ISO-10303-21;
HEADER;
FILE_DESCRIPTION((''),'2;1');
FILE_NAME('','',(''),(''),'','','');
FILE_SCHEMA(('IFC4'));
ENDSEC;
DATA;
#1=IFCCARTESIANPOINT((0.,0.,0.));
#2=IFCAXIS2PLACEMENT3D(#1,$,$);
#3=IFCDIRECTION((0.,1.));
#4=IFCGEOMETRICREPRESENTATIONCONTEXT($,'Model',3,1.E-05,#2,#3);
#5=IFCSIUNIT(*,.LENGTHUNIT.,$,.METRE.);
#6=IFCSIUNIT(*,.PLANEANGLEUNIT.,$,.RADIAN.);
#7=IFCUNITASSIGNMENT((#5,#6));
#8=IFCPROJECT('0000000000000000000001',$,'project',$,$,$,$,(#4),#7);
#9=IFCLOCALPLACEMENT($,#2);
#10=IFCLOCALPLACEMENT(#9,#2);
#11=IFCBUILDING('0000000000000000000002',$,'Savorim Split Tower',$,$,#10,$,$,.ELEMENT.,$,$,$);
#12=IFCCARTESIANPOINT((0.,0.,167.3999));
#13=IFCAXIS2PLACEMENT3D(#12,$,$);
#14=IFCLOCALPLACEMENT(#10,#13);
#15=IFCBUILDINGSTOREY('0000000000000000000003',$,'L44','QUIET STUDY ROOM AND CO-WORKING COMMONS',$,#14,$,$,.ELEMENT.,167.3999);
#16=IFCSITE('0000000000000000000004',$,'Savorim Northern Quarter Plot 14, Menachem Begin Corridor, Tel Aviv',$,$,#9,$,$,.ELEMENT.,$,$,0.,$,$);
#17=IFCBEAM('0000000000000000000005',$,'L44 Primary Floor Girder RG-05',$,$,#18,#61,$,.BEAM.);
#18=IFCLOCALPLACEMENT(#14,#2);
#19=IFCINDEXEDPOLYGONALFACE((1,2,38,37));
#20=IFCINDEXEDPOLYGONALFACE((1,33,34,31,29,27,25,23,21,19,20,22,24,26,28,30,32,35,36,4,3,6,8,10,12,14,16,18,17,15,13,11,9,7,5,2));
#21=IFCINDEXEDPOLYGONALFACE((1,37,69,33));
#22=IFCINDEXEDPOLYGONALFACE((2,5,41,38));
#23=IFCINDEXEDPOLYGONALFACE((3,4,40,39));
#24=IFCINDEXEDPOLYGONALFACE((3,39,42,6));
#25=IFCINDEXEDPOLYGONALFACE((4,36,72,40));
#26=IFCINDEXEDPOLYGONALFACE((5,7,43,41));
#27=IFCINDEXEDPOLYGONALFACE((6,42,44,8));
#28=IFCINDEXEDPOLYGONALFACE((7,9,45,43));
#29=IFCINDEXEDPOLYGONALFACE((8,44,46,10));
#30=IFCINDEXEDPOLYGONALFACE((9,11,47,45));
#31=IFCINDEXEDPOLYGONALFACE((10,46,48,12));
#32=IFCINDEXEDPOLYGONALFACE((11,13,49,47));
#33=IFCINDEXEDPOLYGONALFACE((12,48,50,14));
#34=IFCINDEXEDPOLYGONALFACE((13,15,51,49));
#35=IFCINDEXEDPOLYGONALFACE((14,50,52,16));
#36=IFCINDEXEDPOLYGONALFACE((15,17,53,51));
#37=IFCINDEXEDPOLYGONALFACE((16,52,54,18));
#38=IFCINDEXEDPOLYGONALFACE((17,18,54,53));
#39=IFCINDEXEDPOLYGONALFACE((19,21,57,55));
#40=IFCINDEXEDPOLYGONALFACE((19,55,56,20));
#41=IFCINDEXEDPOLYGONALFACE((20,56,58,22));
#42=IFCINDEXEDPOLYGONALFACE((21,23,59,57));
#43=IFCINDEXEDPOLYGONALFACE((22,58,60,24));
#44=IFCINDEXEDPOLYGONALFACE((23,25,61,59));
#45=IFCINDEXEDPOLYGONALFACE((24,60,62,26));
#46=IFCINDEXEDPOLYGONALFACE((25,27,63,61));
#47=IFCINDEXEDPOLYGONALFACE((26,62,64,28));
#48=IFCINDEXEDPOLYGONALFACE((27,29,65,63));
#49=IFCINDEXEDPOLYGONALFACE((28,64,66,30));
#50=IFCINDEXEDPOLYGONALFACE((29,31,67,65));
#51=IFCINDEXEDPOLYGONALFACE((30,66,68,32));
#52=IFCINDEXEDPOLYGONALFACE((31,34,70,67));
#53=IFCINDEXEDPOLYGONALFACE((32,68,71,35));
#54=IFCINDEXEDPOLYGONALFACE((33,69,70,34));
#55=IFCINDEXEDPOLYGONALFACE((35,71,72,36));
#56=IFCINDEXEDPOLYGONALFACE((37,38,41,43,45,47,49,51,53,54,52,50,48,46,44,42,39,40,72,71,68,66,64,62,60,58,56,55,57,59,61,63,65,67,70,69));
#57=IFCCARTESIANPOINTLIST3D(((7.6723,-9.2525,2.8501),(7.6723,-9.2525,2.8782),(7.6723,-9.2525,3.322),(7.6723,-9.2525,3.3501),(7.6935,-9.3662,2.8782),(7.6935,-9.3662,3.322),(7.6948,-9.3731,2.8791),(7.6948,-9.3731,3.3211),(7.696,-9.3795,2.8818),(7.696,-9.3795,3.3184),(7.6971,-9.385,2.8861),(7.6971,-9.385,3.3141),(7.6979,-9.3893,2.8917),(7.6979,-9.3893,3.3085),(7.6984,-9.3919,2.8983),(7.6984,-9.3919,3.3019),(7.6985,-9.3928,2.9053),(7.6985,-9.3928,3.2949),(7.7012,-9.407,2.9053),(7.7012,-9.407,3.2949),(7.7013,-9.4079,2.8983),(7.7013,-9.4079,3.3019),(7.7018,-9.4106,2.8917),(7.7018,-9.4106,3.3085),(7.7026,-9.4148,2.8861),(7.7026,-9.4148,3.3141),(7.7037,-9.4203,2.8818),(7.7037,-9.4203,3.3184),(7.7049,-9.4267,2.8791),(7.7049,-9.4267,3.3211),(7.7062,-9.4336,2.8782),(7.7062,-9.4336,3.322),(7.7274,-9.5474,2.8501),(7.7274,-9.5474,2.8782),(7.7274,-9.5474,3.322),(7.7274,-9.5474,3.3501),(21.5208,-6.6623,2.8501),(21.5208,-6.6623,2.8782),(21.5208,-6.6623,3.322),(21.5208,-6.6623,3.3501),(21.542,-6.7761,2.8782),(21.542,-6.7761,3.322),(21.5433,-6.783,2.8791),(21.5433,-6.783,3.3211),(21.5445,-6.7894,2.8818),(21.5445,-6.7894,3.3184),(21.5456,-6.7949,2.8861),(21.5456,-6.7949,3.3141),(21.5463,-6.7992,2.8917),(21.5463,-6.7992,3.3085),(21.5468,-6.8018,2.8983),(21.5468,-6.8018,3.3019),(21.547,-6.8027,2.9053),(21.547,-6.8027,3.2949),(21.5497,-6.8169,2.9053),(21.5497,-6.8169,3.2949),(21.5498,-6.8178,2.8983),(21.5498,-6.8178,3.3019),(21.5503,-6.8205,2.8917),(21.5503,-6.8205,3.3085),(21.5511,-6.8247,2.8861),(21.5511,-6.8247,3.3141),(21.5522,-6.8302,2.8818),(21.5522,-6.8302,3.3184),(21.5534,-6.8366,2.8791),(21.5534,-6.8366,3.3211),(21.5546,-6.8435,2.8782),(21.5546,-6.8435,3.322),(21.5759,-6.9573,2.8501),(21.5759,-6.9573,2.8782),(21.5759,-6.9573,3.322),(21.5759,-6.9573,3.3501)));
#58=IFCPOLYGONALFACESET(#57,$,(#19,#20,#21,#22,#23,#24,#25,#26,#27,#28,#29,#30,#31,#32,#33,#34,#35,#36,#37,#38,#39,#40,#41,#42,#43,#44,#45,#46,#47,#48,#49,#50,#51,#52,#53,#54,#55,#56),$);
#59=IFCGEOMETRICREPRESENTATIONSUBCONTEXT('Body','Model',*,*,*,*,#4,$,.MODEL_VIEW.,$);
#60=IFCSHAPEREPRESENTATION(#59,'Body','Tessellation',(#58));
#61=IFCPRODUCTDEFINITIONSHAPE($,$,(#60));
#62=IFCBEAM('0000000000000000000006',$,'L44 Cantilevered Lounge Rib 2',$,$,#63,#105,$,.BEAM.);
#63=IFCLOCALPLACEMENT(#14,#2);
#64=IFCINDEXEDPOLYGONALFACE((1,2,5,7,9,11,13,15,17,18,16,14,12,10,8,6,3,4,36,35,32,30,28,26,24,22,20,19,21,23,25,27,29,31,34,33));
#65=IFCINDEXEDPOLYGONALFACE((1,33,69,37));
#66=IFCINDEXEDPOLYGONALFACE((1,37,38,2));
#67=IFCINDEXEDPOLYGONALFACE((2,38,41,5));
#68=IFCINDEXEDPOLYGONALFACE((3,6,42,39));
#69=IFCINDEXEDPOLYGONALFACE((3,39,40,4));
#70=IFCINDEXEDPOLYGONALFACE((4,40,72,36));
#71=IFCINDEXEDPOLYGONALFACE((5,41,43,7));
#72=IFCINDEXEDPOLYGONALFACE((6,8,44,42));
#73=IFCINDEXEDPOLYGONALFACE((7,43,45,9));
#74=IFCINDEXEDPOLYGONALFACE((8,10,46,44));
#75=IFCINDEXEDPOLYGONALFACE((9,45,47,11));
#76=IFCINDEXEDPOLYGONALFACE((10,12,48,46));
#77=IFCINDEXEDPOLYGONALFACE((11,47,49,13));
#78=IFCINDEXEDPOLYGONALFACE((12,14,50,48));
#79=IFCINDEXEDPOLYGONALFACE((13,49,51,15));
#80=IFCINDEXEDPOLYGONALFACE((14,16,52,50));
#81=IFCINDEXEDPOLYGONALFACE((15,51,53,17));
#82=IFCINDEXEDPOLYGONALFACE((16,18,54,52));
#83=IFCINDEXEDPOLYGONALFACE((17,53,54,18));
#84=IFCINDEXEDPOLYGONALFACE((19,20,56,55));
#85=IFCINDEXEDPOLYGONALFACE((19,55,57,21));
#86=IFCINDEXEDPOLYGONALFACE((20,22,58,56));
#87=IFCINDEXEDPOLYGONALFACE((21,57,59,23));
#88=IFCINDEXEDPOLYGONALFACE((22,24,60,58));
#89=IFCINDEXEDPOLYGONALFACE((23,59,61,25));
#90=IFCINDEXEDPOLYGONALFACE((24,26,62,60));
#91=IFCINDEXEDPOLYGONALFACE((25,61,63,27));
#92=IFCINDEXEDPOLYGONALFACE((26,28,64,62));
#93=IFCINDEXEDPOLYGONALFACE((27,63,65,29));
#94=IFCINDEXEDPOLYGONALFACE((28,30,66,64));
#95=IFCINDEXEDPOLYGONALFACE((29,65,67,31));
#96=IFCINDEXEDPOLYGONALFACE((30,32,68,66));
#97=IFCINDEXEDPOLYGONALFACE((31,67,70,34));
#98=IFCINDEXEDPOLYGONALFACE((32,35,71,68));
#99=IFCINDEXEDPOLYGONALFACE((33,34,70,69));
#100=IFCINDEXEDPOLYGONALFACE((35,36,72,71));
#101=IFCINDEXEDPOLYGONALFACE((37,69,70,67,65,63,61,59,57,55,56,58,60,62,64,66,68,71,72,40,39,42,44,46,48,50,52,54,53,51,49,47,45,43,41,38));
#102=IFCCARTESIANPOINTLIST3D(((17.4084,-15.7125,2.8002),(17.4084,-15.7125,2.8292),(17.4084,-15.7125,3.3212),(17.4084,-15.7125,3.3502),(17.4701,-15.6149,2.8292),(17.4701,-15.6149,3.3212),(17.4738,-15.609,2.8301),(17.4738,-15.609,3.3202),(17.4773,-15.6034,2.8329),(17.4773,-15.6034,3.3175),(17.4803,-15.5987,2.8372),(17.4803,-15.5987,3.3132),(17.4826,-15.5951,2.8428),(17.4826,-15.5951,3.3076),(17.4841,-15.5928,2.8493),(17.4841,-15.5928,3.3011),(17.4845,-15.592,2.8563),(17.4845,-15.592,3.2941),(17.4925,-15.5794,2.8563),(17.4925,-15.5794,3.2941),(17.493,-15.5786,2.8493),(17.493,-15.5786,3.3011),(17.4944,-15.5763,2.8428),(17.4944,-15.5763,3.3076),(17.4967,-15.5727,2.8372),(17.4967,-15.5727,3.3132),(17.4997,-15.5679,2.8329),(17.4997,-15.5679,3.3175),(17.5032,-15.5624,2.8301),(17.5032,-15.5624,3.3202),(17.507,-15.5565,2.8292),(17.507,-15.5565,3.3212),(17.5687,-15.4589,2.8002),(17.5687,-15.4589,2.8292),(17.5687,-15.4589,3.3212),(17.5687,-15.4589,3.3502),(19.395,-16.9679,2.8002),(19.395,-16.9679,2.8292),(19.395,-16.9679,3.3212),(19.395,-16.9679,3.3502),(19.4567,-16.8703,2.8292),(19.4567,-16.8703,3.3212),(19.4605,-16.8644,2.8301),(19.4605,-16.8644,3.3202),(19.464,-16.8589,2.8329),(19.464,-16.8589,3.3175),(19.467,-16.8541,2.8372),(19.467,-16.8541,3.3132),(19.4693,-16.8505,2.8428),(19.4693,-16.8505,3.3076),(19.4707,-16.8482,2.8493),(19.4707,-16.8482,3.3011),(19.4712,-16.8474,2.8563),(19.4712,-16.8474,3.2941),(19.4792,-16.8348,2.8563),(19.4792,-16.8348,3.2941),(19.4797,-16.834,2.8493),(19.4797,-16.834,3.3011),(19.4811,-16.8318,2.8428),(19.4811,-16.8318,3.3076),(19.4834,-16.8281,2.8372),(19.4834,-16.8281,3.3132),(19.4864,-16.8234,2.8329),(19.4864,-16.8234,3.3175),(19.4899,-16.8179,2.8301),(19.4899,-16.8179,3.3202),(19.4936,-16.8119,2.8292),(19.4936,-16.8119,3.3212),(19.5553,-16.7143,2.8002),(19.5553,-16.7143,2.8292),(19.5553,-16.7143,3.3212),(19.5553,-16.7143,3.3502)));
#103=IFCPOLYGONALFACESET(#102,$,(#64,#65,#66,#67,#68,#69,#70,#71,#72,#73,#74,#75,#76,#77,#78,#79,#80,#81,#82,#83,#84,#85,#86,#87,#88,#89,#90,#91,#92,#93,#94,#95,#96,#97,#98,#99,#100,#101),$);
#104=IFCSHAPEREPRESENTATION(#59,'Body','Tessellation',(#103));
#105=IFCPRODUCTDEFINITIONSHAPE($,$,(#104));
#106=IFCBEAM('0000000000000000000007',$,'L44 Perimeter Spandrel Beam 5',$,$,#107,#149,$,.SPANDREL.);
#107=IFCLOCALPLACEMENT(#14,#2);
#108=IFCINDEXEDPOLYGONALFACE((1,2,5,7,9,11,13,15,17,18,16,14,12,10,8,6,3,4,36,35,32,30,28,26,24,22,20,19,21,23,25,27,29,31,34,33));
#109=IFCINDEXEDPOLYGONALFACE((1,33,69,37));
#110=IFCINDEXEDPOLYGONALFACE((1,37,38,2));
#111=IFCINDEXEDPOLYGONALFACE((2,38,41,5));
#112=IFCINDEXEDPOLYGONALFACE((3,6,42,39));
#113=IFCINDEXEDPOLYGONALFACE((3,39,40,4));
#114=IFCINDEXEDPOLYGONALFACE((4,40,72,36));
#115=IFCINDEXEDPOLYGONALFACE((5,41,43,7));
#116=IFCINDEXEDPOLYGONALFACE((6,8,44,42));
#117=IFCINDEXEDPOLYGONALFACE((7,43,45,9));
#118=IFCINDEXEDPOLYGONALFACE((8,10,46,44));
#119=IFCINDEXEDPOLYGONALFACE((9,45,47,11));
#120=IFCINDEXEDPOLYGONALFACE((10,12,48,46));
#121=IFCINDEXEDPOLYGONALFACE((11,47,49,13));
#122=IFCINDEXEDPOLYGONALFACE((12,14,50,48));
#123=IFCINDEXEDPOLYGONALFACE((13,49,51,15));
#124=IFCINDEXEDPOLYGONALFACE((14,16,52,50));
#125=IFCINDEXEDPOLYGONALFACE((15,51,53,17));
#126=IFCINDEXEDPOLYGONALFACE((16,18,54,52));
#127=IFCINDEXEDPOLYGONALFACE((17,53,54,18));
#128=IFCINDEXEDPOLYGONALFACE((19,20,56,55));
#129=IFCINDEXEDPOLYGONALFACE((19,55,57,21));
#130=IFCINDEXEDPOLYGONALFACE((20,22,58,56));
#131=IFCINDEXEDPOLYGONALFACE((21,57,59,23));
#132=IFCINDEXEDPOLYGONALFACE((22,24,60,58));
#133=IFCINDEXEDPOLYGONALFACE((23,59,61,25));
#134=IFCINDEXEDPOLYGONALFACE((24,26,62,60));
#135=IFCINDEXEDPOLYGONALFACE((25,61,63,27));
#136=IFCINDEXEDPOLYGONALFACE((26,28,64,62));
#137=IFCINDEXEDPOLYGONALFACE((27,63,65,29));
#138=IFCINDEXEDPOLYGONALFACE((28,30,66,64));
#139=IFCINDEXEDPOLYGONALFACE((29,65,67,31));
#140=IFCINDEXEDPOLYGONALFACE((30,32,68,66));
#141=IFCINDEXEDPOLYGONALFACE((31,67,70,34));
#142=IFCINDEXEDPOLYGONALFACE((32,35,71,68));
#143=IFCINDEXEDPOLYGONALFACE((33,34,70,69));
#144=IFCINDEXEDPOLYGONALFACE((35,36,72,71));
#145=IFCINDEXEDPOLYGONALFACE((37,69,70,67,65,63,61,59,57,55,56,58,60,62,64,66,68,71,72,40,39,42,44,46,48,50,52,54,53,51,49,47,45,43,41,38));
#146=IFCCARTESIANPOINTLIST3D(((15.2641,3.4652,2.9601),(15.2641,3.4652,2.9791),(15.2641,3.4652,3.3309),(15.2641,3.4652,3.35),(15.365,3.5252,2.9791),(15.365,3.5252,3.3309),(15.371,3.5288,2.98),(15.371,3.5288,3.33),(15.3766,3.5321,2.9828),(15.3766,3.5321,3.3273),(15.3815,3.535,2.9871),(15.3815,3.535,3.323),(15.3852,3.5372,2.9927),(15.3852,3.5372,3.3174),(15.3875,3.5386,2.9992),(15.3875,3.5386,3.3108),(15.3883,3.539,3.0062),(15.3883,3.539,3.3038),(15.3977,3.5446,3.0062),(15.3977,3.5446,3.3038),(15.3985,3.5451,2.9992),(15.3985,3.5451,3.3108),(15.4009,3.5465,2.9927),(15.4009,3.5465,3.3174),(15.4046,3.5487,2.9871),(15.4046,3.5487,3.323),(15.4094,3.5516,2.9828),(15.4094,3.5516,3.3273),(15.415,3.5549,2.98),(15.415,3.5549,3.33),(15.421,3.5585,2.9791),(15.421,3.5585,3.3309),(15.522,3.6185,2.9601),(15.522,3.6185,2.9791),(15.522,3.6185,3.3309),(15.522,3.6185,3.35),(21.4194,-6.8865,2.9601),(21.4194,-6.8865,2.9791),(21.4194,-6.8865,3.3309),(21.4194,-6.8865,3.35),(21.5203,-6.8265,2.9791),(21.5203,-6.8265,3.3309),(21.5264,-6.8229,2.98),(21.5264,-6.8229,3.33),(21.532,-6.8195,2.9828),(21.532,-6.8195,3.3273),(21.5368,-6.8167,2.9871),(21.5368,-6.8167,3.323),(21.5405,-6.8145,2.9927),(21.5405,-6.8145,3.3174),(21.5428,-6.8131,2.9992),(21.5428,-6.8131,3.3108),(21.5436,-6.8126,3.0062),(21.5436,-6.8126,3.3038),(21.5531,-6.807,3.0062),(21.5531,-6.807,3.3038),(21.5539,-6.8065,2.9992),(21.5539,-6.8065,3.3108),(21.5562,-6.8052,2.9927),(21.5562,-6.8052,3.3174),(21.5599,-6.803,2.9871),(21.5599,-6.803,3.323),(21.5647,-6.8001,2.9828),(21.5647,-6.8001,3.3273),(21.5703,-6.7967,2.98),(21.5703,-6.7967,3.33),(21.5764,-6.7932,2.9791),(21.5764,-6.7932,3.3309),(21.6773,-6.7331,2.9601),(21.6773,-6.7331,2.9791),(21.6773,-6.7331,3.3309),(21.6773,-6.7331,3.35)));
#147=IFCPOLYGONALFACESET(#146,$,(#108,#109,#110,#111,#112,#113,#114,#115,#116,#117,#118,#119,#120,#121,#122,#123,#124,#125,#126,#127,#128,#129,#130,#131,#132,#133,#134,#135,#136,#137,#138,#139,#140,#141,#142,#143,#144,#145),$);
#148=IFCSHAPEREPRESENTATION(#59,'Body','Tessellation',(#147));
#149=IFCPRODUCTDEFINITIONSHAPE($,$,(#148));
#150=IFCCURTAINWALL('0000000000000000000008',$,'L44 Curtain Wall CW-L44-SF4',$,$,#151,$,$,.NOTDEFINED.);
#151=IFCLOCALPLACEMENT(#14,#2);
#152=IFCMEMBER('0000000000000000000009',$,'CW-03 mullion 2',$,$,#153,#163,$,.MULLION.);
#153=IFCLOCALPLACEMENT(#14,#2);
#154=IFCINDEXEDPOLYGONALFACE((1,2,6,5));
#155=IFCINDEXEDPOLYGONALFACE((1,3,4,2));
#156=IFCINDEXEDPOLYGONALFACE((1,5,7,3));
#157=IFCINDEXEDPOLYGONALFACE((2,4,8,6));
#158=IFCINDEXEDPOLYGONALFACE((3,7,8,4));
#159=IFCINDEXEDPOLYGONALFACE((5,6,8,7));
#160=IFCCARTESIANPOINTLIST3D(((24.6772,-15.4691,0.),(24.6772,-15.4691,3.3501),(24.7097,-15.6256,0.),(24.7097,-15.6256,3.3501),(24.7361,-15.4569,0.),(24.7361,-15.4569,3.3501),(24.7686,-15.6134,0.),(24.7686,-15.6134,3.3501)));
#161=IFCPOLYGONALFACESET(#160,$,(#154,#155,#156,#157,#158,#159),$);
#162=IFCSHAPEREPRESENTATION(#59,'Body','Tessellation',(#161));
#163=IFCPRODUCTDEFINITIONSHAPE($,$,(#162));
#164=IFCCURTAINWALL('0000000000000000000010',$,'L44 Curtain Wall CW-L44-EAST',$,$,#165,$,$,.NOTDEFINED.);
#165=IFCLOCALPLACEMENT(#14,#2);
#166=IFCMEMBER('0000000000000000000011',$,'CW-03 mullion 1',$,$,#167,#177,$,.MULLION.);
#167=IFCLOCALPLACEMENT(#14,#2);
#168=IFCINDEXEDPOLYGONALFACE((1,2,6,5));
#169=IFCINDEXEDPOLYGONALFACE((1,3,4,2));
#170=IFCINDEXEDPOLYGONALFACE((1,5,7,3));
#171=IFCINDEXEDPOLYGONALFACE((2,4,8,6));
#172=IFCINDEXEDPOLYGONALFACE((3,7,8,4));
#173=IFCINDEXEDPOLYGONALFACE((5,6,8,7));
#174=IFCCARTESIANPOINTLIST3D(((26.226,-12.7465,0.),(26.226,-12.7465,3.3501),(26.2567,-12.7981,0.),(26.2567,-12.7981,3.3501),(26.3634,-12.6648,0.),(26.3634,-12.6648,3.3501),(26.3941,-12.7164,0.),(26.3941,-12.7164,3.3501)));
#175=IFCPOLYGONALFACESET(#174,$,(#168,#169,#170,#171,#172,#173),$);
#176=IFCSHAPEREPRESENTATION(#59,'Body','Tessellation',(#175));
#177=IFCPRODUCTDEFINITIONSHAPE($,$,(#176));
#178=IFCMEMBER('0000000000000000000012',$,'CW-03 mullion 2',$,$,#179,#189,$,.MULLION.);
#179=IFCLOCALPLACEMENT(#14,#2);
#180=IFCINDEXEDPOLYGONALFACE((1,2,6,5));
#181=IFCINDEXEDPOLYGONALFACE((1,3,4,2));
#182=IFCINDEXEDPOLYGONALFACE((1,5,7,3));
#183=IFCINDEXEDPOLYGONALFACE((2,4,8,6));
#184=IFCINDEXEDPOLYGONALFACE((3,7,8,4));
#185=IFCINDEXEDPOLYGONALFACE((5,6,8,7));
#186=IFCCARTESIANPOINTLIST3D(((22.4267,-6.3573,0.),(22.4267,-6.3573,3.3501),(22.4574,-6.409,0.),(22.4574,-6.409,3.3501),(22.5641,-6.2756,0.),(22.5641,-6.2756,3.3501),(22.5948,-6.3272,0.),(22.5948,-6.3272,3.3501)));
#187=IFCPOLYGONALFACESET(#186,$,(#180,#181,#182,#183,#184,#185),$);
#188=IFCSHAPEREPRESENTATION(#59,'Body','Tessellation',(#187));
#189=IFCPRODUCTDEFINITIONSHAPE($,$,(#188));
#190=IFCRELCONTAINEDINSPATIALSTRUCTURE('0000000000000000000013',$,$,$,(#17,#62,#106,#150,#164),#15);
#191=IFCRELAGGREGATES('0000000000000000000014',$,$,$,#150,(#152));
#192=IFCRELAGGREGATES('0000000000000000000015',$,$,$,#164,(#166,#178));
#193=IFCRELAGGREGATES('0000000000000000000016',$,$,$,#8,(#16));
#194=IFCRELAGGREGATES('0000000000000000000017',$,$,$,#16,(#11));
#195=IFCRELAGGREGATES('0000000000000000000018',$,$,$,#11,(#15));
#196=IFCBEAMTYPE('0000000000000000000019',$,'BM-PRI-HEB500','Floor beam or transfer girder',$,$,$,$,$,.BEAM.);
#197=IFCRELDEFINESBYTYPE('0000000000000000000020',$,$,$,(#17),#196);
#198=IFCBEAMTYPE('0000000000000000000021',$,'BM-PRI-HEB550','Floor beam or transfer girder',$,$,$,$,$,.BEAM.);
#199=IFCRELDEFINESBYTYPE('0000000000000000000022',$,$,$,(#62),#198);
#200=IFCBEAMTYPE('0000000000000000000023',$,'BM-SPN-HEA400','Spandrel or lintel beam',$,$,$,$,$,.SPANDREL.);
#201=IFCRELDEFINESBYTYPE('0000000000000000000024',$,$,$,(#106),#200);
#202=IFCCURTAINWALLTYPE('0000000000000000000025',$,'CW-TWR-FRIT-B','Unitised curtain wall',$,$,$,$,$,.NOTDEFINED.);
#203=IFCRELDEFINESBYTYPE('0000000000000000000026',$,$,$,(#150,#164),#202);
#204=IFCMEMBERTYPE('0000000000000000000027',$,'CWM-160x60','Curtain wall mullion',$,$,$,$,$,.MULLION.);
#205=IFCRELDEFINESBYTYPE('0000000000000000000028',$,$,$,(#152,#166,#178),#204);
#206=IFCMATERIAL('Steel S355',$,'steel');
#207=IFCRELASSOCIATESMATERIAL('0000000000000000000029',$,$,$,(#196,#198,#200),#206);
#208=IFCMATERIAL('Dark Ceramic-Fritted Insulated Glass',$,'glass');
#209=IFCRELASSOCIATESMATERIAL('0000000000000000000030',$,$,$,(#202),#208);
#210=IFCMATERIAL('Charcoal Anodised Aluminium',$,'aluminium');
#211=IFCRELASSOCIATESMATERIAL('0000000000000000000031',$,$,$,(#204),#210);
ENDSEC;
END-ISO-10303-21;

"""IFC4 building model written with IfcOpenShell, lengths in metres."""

from ifc_helpers import new_model, si_unit, direction, frame, origin, origin_2d, place, context, subcontext, project, spatial, rectangle, i_section, extrude, material, material_profile, profile_set, type_object, element, aggregate, save


model = new_model("IFC4")

# Units and contexts
model_context = context("Model", 3, precision=1e-05, world=origin(), true_north=direction((0.0, 1.0)))
body_context = subcontext(model_context, "Body", "Model", "MODEL_VIEW")
ifc_project = project(units=[si_unit("LENGTHUNIT", "METRE"), si_unit("PLANEANGLEUNIT", "RADIAN")], contexts=[model_context])

# Site, building, storey
site_placement = place(None, origin())
site = spatial("IfcSite", under=ifc_project, at=site_placement, Name="Savorim Northern Quarter Plot 14, Menachem Begin Corridor, Tel Aviv", CompositionType="ELEMENT", RefElevation=0.0)
building_placement = place(site_placement, origin())
building = spatial("IfcBuilding", under=site, at=building_placement, Name="Savorim Split Tower", CompositionType="ELEMENT")
storey_placement = place(building_placement, frame((0.0, 0.0, 167.3999)))
storey = spatial("IfcBuildingStorey", under=building, at=storey_placement, Name="L44", Description="QUIET STUDY ROOM AND CO-WORKING COMMONS", CompositionType="ELEMENT", Elevation=167.3999)

# Beams
ifc_material_1 = material(Name="Steel S355", Category="steel")
ifc_material_profile_1 = material_profile(ifc_material_1, i_section(OverallWidth=0.3, OverallDepth=0.5, WebThickness=0.0144, FlangeThickness=0.0281, FilletRadius=0.0271, at=origin_2d()), Name="HEB 500")
ifc_profile_set_1 = profile_set([ifc_material_profile_1], Name="Steel S355")
beam_type_1 = type_object("IfcBeamType", Name="BM-PRI-HEB500", Description="Floor beam or transfer girder", PredefinedType="BEAM", material=ifc_profile_set_1)
beam_1_placement = place(storey_placement, frame((21.5483, -6.8098, 3.1001), z_axis=(-0.982955, -0.183844, 0.0), x_axis=(0.183844, -0.982955, 0.0)))
element("IfcBeam", 1, at=beam_1_placement, inside=storey, type_object=beam_type_1, Name="L44 Primary Floor Girder RG-05", PredefinedType="BEAM", context=body_context, shape_type="SweptSolid", body=[
    extrude(i_section(OverallWidth=0.3, OverallDepth=0.5, WebThickness=0.0144, FlangeThickness=0.0281, FilletRadius=0.0271, at=origin_2d()), origin(), (0.0, 0.0, 1.0), 14.0886),
])
ifc_material_profile_2 = material_profile(ifc_material_1, i_section(OverallWidth=0.3, OverallDepth=0.55, WebThickness=0.0149, FlangeThickness=0.0291, FilletRadius=0.0271, at=origin_2d()), Name="HEB 550")
ifc_profile_set_2 = profile_set([ifc_material_profile_2], Name="Steel S355")
beam_type_2 = type_object("IfcBeamType", Name="BM-PRI-HEB550", Description="Floor beam or transfer girder", PredefinedType="BEAM", material=ifc_profile_set_2)
beam_2_placement = place(storey_placement, frame((17.4885, -15.5857, 3.0752), z_axis=(0.845356, -0.534204, 0.0), x_axis=(0.534204, 0.845356, 0.0)))
element("IfcBeam", 2, at=beam_2_placement, inside=storey, type_object=beam_type_2, Name="L44 Cantilevered Lounge Rib 2", PredefinedType="BEAM", context=body_context, shape_type="SweptSolid", body=[
    extrude(i_section(OverallWidth=0.3, OverallDepth=0.55, WebThickness=0.0149, FlangeThickness=0.0291, FilletRadius=0.0271, at=origin_2d()), origin(), (0.0, 0.0, 1.0), 2.3501),
])
ifc_material_profile_3 = material_profile(ifc_material_1, i_section(OverallWidth=0.3, OverallDepth=0.3899, WebThickness=0.011, FlangeThickness=0.019, FilletRadius=0.0271, at=origin_2d()), Name="HEA 400")
ifc_profile_set_3 = profile_set([ifc_material_profile_3], Name="Steel S355")
beam_type_3 = type_object("IfcBeamType", Name="BM-SPN-HEA400", Description="Spandrel or lintel beam", PredefinedType="SPANDREL", material=ifc_profile_set_3)
beam_3_placement = place(storey_placement, frame((21.5483, -6.8098, 3.155), z_axis=(-0.511093, 0.859525, 0.0), x_axis=(-0.859525, -0.511093, 0.0)))
element("IfcBeam", 3, at=beam_3_placement, inside=storey, type_object=beam_type_3, Name="L44 Perimeter Spandrel Beam 5", PredefinedType="SPANDREL", context=body_context, shape_type="SweptSolid", body=[
    extrude(i_section(OverallWidth=0.3, OverallDepth=0.3899, WebThickness=0.011, FlangeThickness=0.019, FilletRadius=0.0271, at=origin_2d()), origin(), (0.0, 0.0, 1.0), 12.0435),
])

# Curtain wall, member
ifc_material_2 = material(Name="Dark Ceramic-Fritted Insulated Glass", Category="glass")
curtain_wall_type = type_object("IfcCurtainWallType", Name="CW-TWR-FRIT-B", Description="Unitised curtain wall", PredefinedType="NOTDEFINED", material=ifc_material_2)
curtain_wall_1_placement = place(storey_placement, origin())
curtain_wall_1 = element("IfcCurtainWall", 4, at=curtain_wall_1_placement, inside=storey, type_object=curtain_wall_type, Name="L44 Curtain Wall CW-L44-SF4", PredefinedType="NOTDEFINED")
ifc_material_3 = material(Name="Charcoal Anodised Aluminium", Category="aluminium")
ifc_material_profile_4 = material_profile(ifc_material_3, rectangle(XDim=0.1599, YDim=0.0601, at=origin_2d()), Name="ALU-M 160x60")
ifc_profile_set_4 = profile_set([ifc_material_profile_4], Name="Charcoal Anodised Aluminium")
member_type_1 = type_object("IfcMemberType", Name="CWM-160x60", Description="Curtain wall mullion", PredefinedType="MULLION", material=ifc_profile_set_4)
member_1_placement = place(storey_placement, frame((24.7229, -15.5413, 0.0), z_axis=(0.0, 0.0, 1.0), x_axis=(-0.203214, 0.979134, 0.0)))
member_1 = element("IfcMember", 5, at=member_1_placement, type_object=member_type_1, Name="CW-03 mullion 2", PredefinedType="MULLION", context=body_context, shape_type="SweptSolid", body=[
    extrude(rectangle(XDim=0.1599, YDim=0.0601, at=origin_2d()), origin(), (0.0, 0.0, 1.0), 3.3501),
])
aggregate(curtain_wall_1, [member_1])

# Curtain wall, members
curtain_wall_2_placement = place(storey_placement, origin())
curtain_wall_2 = element("IfcCurtainWall", 6, at=curtain_wall_2_placement, inside=storey, type_object=curtain_wall_type, Name="L44 Curtain Wall CW-L44-EAST", PredefinedType="NOTDEFINED")
member_2_placement = place(storey_placement, frame((26.3101, -12.7314, 0.0), z_axis=(0.0, 0.0, 1.0), x_axis=(-0.859525, -0.511094, 0.0)))
member_2 = element("IfcMember", 7, at=member_2_placement, type_object=member_type_1, Name="CW-03 mullion 1", PredefinedType="MULLION", context=body_context, shape_type="SweptSolid", body=[
    extrude(rectangle(XDim=0.1599, YDim=0.0601, at=origin_2d()), origin(), (0.0, 0.0, 1.0), 3.3501),
])
member_3_placement = place(storey_placement, frame((22.5107, -6.3423, 0.0), z_axis=(0.0, 0.0, 1.0), x_axis=(-0.859525, -0.511094, 0.0)))
member_3 = element("IfcMember", 8, at=member_3_placement, type_object=member_type_1, Name="CW-03 mullion 2", PredefinedType="MULLION", context=body_context, shape_type="SweptSolid", body=[
    extrude(rectangle(XDim=0.1599, YDim=0.0601, at=origin_2d()), origin(), (0.0, 0.0, 1.0), 3.3501),
])
aggregate(curtain_wall_2, [member_2, member_3])

save(model, "model.ifc")
